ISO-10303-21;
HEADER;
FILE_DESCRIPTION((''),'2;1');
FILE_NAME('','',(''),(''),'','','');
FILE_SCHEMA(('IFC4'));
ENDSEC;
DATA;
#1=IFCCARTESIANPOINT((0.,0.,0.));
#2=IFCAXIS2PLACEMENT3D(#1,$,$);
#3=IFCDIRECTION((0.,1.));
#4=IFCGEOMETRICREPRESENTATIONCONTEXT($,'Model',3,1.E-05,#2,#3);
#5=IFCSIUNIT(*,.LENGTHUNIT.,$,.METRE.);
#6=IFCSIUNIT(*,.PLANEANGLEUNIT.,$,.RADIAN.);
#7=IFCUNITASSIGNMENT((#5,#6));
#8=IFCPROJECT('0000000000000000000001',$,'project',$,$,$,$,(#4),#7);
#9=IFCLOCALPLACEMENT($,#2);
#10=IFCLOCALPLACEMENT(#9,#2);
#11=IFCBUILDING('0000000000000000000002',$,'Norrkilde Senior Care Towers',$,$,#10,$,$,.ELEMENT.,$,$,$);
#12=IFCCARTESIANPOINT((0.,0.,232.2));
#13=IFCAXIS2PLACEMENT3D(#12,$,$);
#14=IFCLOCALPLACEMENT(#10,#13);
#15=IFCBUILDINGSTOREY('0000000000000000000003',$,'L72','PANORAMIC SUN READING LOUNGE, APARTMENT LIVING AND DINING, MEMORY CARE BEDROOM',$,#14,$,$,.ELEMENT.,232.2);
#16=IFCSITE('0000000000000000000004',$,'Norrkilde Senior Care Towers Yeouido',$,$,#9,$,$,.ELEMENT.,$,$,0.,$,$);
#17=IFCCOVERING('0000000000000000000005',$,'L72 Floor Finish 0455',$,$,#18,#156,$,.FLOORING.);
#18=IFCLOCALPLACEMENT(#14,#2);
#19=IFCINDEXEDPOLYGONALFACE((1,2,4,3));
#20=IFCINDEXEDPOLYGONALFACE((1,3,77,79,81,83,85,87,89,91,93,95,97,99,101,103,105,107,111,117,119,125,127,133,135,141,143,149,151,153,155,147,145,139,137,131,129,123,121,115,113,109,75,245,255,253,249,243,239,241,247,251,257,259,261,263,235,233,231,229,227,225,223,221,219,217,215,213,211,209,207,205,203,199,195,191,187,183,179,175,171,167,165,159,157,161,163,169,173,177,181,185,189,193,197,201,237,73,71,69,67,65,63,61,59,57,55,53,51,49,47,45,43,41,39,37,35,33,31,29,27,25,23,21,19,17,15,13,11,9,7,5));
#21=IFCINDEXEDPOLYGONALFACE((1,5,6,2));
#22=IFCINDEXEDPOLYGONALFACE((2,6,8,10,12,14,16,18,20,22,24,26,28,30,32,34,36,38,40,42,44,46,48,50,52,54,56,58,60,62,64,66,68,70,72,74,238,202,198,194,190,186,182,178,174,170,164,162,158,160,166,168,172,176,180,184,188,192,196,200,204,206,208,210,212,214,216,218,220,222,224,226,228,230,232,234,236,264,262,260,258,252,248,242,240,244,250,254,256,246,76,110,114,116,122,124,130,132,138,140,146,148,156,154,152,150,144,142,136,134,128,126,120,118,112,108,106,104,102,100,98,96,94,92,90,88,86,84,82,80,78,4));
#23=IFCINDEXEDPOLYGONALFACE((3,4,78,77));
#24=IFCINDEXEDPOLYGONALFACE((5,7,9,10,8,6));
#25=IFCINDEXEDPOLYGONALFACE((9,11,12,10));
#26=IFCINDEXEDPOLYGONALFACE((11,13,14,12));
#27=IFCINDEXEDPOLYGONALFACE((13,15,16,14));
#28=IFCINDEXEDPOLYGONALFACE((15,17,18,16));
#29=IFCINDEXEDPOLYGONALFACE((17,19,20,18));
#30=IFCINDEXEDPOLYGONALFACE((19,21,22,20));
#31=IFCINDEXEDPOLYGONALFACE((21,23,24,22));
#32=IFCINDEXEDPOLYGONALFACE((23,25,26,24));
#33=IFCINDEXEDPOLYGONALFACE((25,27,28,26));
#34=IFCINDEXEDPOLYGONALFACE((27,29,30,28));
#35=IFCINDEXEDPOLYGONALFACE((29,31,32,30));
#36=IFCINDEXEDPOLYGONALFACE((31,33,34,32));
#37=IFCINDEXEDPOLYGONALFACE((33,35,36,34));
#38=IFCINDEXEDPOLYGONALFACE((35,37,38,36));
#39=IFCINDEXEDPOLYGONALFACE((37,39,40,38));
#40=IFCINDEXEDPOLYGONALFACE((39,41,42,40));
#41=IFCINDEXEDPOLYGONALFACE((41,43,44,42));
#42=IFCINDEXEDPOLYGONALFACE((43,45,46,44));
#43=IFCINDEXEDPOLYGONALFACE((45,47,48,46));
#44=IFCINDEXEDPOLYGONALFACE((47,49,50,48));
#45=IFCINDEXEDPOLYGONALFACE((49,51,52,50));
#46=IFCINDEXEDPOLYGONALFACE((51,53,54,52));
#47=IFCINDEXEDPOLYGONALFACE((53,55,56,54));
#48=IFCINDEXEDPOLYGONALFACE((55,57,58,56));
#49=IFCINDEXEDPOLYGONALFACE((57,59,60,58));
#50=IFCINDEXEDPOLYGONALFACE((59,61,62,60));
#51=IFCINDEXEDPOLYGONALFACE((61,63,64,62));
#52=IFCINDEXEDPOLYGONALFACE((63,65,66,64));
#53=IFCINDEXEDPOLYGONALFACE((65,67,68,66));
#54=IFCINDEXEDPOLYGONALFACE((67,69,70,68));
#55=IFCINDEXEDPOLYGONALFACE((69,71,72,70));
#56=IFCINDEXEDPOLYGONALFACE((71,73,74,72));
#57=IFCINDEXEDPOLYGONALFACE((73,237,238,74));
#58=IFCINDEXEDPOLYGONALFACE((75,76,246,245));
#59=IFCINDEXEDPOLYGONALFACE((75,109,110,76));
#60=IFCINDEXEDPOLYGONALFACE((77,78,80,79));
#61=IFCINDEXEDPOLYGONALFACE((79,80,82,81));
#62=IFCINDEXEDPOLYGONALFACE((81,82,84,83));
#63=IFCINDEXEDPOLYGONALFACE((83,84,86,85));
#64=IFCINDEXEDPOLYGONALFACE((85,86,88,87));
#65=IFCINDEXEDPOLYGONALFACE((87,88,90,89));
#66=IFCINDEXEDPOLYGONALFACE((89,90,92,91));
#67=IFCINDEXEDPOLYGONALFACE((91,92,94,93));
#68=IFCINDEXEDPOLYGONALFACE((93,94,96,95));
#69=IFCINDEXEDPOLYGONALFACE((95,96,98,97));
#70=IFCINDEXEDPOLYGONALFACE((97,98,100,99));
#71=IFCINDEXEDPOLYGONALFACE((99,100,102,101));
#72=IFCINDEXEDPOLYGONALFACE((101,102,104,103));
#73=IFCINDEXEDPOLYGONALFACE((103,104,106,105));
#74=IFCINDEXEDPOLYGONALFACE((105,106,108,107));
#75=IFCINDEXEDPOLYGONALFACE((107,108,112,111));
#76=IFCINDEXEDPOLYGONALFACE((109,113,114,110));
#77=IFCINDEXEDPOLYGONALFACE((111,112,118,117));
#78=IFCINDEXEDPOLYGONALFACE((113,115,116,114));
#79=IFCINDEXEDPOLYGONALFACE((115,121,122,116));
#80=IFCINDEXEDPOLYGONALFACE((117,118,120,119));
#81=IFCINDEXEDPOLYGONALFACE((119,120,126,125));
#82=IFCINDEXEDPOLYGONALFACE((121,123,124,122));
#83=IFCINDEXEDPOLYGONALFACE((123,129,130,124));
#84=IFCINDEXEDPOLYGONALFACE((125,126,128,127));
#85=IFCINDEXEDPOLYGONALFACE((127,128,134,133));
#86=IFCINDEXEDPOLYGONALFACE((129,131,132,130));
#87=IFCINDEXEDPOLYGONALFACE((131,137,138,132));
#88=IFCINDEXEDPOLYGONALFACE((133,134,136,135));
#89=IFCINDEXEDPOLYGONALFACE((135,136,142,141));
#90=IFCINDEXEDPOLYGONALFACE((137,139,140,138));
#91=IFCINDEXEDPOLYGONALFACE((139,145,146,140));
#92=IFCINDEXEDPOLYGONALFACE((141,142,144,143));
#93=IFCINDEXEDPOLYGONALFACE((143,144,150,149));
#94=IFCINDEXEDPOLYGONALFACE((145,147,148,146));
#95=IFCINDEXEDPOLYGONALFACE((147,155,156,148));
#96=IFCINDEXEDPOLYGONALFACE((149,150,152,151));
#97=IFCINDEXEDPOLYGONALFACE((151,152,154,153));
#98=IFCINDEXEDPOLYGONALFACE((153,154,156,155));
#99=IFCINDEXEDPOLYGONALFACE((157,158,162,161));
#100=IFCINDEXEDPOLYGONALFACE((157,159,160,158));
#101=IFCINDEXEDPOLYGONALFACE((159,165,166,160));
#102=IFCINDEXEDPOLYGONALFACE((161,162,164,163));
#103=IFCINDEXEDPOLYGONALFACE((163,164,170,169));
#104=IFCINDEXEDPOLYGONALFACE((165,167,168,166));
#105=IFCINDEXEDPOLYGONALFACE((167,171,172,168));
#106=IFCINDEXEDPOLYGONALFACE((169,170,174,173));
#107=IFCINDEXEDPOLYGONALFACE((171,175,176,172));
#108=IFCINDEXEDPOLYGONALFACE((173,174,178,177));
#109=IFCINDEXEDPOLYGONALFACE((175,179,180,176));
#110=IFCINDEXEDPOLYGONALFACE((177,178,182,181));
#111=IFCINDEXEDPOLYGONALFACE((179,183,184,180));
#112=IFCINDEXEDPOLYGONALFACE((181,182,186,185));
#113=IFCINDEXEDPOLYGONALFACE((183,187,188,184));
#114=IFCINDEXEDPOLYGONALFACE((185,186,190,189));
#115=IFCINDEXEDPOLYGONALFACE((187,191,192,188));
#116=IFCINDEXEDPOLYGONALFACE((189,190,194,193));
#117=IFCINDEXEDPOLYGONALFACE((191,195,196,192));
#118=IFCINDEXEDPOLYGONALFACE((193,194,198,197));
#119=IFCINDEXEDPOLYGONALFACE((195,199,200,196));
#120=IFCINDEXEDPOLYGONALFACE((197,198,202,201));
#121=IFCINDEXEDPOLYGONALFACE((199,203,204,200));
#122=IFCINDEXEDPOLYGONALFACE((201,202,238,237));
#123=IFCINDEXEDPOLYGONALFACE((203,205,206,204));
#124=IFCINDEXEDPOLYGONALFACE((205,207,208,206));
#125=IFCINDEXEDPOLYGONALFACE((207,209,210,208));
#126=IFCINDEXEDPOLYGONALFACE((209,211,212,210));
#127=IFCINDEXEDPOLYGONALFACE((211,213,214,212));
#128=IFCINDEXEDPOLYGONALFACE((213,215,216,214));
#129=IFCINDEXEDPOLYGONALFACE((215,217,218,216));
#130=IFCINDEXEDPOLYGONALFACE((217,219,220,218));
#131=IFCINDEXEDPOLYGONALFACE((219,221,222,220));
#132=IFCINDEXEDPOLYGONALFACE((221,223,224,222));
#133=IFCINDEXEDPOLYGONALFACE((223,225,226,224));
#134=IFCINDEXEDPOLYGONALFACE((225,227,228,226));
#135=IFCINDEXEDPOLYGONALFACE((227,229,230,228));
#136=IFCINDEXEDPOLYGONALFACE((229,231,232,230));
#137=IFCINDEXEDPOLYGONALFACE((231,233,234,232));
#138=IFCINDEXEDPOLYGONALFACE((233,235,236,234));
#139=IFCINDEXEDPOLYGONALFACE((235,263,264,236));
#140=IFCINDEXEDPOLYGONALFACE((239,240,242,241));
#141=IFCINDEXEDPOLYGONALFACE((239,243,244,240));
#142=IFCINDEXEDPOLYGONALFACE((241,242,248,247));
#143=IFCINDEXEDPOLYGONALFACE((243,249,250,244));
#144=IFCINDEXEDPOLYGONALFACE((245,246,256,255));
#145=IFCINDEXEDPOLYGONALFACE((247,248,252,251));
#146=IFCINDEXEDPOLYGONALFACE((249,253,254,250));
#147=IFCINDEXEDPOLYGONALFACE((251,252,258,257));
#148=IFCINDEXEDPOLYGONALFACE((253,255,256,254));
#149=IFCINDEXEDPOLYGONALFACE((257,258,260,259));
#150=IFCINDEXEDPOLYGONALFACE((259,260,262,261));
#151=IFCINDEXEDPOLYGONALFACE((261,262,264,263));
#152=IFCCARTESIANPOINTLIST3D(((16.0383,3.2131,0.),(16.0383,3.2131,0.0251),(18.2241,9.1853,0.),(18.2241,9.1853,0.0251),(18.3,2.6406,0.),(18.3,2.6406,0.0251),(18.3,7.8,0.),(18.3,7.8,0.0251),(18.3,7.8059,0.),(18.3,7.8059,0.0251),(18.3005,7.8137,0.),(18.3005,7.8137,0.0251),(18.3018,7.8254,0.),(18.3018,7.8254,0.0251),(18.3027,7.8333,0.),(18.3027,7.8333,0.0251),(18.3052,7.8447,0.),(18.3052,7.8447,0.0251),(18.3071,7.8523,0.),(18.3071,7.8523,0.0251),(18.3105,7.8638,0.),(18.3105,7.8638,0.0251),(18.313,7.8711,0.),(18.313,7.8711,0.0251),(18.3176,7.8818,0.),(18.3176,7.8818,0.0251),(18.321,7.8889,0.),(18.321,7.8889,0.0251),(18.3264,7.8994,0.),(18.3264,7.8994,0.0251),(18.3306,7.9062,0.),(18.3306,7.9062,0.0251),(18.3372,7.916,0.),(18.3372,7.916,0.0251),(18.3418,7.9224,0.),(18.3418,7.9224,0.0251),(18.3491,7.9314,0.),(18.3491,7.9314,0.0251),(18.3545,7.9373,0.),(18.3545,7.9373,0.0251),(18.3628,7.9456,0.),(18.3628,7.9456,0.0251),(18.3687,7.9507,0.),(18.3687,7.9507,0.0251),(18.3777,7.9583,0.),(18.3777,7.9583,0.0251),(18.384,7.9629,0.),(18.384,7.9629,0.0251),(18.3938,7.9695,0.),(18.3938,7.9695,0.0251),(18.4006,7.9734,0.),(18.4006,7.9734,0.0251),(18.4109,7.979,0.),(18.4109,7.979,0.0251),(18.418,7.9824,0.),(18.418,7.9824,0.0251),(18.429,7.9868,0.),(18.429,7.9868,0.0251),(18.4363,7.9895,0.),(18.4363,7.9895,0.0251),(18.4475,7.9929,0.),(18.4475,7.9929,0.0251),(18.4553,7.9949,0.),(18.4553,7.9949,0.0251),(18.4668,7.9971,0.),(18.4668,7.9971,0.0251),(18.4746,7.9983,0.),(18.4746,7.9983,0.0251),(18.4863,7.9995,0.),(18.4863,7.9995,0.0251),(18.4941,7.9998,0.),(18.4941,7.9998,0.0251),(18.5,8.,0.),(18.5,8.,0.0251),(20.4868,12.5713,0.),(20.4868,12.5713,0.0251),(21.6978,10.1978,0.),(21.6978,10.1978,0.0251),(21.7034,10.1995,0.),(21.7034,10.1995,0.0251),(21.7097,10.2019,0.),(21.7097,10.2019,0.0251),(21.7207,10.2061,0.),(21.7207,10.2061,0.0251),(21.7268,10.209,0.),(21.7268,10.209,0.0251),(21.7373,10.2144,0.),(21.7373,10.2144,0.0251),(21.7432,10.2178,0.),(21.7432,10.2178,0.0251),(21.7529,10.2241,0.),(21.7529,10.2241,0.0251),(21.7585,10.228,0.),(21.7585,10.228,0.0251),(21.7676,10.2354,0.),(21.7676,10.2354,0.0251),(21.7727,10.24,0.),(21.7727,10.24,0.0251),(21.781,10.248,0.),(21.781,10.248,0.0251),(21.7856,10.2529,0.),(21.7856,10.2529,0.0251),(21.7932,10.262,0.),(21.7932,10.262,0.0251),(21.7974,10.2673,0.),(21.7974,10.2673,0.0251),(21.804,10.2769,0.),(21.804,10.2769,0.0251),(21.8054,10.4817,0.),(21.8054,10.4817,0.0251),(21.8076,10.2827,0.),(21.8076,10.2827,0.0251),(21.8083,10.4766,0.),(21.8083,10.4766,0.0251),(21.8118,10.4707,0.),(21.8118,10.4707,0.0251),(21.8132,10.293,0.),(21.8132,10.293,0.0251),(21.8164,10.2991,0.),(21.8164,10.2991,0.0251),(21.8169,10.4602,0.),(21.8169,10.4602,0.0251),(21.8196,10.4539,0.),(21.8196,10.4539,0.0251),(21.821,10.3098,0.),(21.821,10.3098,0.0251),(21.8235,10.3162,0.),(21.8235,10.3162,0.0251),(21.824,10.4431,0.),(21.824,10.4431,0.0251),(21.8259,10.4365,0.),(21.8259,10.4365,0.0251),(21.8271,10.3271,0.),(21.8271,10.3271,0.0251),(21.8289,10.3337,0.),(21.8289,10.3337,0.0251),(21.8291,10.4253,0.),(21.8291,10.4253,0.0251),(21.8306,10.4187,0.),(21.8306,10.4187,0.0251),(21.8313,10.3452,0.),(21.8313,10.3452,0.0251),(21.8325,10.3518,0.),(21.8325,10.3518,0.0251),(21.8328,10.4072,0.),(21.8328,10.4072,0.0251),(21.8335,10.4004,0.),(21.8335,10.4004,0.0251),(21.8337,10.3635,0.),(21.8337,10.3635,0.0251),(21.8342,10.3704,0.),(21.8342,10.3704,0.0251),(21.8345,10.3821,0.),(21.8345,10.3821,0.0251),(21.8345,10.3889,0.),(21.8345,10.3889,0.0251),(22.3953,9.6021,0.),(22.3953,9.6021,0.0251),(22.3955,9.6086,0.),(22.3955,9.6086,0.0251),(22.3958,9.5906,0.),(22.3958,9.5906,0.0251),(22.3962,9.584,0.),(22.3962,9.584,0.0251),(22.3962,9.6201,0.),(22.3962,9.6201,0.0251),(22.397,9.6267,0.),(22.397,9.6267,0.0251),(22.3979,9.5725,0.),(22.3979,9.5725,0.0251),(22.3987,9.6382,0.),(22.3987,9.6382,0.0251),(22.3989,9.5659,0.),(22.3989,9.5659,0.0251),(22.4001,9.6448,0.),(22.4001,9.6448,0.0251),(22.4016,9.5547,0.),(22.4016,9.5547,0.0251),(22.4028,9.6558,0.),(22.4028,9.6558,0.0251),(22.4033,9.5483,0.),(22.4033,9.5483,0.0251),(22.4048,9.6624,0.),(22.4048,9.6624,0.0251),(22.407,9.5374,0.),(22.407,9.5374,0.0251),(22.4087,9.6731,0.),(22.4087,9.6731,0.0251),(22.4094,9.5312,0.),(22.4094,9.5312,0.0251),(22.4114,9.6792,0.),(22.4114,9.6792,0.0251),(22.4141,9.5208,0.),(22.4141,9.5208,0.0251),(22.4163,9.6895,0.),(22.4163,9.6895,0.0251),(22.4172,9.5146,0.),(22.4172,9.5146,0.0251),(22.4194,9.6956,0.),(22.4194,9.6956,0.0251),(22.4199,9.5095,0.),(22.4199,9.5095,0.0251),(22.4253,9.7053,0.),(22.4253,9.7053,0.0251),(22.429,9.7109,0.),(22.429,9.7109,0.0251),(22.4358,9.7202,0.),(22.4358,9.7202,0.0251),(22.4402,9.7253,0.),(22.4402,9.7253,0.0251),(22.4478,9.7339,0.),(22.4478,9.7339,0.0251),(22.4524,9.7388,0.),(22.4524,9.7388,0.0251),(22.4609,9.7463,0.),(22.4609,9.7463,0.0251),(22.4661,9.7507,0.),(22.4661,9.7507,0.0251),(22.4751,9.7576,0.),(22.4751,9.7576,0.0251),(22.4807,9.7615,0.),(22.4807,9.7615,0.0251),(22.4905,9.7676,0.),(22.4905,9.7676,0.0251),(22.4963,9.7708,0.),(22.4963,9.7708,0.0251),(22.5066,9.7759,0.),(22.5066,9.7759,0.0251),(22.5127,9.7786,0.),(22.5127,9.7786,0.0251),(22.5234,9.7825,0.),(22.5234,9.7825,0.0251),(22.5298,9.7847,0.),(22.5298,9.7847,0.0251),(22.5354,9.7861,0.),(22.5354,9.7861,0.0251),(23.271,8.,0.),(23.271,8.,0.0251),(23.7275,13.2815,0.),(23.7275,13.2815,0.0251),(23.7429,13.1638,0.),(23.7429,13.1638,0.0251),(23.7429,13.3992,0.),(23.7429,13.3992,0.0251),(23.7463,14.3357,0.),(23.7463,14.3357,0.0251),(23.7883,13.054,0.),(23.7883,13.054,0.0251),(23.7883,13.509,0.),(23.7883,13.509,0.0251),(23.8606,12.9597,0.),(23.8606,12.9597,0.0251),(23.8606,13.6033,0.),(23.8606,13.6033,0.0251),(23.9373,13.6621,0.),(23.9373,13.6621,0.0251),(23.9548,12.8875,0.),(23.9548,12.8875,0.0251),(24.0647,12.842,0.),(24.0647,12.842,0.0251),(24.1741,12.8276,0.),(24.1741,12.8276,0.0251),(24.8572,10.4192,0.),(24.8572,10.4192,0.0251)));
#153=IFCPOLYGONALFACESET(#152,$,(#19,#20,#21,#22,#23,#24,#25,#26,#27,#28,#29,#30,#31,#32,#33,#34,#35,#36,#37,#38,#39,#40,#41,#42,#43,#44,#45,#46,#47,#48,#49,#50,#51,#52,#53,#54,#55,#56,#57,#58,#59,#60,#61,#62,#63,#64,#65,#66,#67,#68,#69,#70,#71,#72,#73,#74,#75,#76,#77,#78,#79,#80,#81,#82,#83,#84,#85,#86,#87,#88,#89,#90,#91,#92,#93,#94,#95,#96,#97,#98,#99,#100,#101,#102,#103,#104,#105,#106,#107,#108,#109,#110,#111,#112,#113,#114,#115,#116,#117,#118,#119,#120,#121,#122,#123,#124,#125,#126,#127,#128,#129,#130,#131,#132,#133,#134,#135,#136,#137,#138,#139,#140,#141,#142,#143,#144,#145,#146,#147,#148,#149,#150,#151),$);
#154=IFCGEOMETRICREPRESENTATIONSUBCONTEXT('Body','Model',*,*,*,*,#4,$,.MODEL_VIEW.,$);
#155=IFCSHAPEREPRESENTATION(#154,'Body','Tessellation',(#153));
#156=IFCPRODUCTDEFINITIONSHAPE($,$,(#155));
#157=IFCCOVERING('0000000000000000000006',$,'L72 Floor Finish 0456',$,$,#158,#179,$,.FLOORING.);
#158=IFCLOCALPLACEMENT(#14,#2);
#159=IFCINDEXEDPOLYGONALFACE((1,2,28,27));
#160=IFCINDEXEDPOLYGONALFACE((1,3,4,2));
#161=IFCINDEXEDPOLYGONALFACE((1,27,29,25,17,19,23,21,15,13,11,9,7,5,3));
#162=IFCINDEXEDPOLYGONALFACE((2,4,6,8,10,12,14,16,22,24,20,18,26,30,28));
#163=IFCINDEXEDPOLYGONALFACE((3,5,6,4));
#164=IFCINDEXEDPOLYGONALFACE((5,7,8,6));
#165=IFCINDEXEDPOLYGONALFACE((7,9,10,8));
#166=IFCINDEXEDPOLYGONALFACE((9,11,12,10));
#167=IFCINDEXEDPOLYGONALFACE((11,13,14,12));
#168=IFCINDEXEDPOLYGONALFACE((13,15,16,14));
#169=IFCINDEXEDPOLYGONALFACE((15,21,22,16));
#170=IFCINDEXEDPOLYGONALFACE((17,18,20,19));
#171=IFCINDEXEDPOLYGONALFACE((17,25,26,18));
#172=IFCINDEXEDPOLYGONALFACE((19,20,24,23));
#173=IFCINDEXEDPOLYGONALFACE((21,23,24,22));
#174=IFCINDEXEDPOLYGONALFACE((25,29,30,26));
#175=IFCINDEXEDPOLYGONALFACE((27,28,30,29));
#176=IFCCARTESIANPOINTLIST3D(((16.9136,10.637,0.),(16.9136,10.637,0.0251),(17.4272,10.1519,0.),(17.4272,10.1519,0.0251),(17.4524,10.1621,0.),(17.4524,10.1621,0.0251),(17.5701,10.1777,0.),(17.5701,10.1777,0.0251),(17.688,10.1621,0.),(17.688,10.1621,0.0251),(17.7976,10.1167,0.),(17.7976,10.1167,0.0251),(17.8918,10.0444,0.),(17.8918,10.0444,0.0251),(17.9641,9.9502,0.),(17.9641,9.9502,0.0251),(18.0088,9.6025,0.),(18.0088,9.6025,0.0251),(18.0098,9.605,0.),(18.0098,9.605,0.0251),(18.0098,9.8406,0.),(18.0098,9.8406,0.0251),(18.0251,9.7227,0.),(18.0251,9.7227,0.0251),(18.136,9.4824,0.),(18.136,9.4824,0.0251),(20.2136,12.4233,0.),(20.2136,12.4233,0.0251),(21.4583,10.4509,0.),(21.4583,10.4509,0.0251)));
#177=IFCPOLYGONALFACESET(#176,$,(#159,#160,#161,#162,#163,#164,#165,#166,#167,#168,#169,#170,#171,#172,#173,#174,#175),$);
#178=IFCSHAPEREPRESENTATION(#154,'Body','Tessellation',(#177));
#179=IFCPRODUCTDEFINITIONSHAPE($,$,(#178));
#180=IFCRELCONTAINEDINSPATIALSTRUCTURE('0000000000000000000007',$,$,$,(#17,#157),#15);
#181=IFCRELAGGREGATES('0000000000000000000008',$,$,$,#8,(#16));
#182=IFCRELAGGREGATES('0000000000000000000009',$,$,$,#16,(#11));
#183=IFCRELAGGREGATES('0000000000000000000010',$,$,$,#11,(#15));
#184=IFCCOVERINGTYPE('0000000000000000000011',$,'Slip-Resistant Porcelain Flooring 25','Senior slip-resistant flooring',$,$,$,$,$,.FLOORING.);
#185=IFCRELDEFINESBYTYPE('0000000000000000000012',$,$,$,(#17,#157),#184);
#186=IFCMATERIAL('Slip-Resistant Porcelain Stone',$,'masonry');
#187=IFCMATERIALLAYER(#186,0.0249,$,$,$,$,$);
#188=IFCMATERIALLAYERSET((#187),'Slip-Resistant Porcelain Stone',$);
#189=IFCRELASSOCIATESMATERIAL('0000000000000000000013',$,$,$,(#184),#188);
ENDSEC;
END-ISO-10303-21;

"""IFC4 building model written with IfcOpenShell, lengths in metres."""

from ifc_helpers import new_model, si_unit, direction, frame, origin, place, context, subcontext, project, spatial, polyline, outline, extrude, material, layer, layer_set, type_object, element, save


model = new_model("IFC4")

# Units and contexts
model_context = context("Model", 3, precision=1e-05, world=origin(), true_north=direction((0.0, 1.0)))
body_context = subcontext(model_context, "Body", "Model", "MODEL_VIEW")
ifc_project = project(units=[si_unit("LENGTHUNIT", "METRE"), si_unit("PLANEANGLEUNIT", "RADIAN")], contexts=[model_context])

# Site, building, storey
site_placement = place(None, origin())
site = spatial("IfcSite", under=ifc_project, at=site_placement, Name="Norrkilde Senior Care Towers Yeouido", CompositionType="ELEMENT", RefElevation=0.0)
building_placement = place(site_placement, origin())
building = spatial("IfcBuilding", under=site, at=building_placement, Name="Norrkilde Senior Care Towers", CompositionType="ELEMENT")
storey_placement = place(building_placement, frame((0.0, 0.0, 232.2)))
storey = spatial("IfcBuildingStorey", under=building, at=storey_placement, Name="L72", Description="PANORAMIC SUN READING LOUNGE, APARTMENT LIVING AND DINING, MEMORY CARE BEDROOM", CompositionType="ELEMENT", Elevation=232.2)

# Coverings
ifc_material_1 = material(Name="Slip-Resistant Porcelain Stone", Category="masonry")
ifc_layer_1 = layer(ifc_material_1, 0.0249)
ifc_layer_set_1 = layer_set([ifc_layer_1], Name="Slip-Resistant Porcelain Stone")
covering_type_1 = type_object("IfcCoveringType", Name="Slip-Resistant Porcelain Flooring 25", Description="Senior slip-resistant flooring", PredefinedType="FLOORING", material=ifc_layer_set_1)
covering_1_placement = place(storey_placement, origin())
element("IfcCovering", 1, at=covering_1_placement, inside=storey, type_object=covering_type_1, Name="L72 Floor Finish 0455", PredefinedType="FLOORING", context=body_context, shape_type="SweptSolid", body=[
    extrude(outline(polyline([(22.5066, 9.7759), (22.4963, 9.7708), (22.4905, 9.7676), (22.4807, 9.7615), (22.4751, 9.7576), (22.4661, 9.7507), (22.4609, 9.7463), (22.4524, 9.7388), (22.4478, 9.7339), (22.4402, 9.7253), (22.4358, 9.7202), (22.429, 9.7109), (22.4253, 9.7053), (22.4194, 9.6956), (22.4163, 9.6895), (22.4114, 9.6792), (22.4087, 9.6731), (22.4048, 9.6624), (22.4028, 9.6558), (22.4001, 9.6448), (22.3987, 9.6382), (22.397, 9.6267), (22.3962, 9.6201), (22.3955, 9.6086), (22.3953, 9.6021), (22.3958, 9.5906), (22.3962, 9.584), (22.3979, 9.5725), (22.3989, 9.5659), (22.4016, 9.5547), (22.4033, 9.5483), (22.407, 9.5374), (22.4094, 9.5312), (22.4141, 9.5208), (22.4172, 9.5146), (22.4199, 9.5095), (23.271, 8.0), (18.5, 8.0), (18.4941, 7.9998), (18.4863, 7.9995), (18.4746, 7.9983), (18.4668, 7.9971), (18.4553, 7.9949), (18.4475, 7.9929), (18.4363, 7.9895), (18.429, 7.9868), (18.418, 7.9824), (18.4109, 7.979), (18.4006, 7.9734), (18.3938, 7.9695), (18.384, 7.9629), (18.3777, 7.9583), (18.3687, 7.9507), (18.3628, 7.9456), (18.3545, 7.9373), (18.3491, 7.9314), (18.3418, 7.9224), (18.3372, 7.916), (18.3306, 7.9062), (18.3264, 7.8994), (18.321, 7.8889), (18.3176, 7.8818), (18.313, 7.8711), (18.3105, 7.8638), (18.3071, 7.8523), (18.3052, 7.8447), (18.3027, 7.8333), (18.3018, 7.8254), (18.3005, 7.8137), (18.3, 7.8059), (18.3, 7.8), (18.3, 2.6406), (16.0383, 3.2131), (18.2241, 9.1853), (21.6978, 10.1978), (21.7034, 10.1995), (21.7097, 10.2019), (21.7207, 10.2061), (21.7268, 10.209), (21.7373, 10.2144), (21.7432, 10.2178), (21.7529, 10.2241), (21.7585, 10.228), (21.7676, 10.2354), (21.7727, 10.24), (21.781, 10.248), (21.7856, 10.2529), (21.7932, 10.262), (21.7974, 10.2673), (21.804, 10.2769), (21.8076, 10.2827), (21.8132, 10.293), (21.8164, 10.2991), (21.821, 10.3098), (21.8235, 10.3162), (21.8271, 10.3271), (21.8289, 10.3337), (21.8313, 10.3452), (21.8325, 10.3518), (21.8337, 10.3635), (21.8342, 10.3704), (21.8345, 10.3821), (21.8345, 10.3889), (21.8335, 10.4004), (21.8328, 10.4072), (21.8306, 10.4187), (21.8291, 10.4253), (21.8259, 10.4365), (21.824, 10.4431), (21.8196, 10.4539), (21.8169, 10.4602), (21.8118, 10.4707), (21.8083, 10.4766), (21.8054, 10.4817), (20.4868, 12.5713), (23.7463, 14.3357), (23.9373, 13.6621), (23.8606, 13.6033), (23.7883, 13.509), (23.7429, 13.3992), (23.7275, 13.2815), (23.7429, 13.1638), (23.7883, 13.054), (23.8606, 12.9597), (23.9548, 12.8875), (24.0647, 12.842), (24.1741, 12.8276), (24.8572, 10.4192), (22.5354, 9.7861), (22.5298, 9.7847), (22.5234, 9.7825), (22.5127, 9.7786), (22.5066, 9.7759)])), origin(), (0.0, 0.0, 1.0), 0.0251),
])
covering_2_placement = place(storey_placement, origin())
element("IfcCovering", 2, at=covering_2_placement, inside=storey, type_object=covering_type_1, Name="L72 Floor Finish 0456", PredefinedType="FLOORING", context=body_context, shape_type="SweptSolid", body=[
    extrude(outline(polyline([(18.0088, 9.6025), (18.0098, 9.605), (18.0251, 9.7227), (18.0098, 9.8406), (17.9641, 9.9502), (17.8918, 10.0444), (17.7976, 10.1167), (17.688, 10.1621), (17.5701, 10.1777), (17.4524, 10.1621), (17.4272, 10.1519), (16.9136, 10.637), (20.2136, 12.4233), (21.4583, 10.4509), (18.136, 9.4824), (18.0088, 9.6025)])), origin(), (0.0, 0.0, 1.0), 0.0251),
])

save(model, "model.ifc")
